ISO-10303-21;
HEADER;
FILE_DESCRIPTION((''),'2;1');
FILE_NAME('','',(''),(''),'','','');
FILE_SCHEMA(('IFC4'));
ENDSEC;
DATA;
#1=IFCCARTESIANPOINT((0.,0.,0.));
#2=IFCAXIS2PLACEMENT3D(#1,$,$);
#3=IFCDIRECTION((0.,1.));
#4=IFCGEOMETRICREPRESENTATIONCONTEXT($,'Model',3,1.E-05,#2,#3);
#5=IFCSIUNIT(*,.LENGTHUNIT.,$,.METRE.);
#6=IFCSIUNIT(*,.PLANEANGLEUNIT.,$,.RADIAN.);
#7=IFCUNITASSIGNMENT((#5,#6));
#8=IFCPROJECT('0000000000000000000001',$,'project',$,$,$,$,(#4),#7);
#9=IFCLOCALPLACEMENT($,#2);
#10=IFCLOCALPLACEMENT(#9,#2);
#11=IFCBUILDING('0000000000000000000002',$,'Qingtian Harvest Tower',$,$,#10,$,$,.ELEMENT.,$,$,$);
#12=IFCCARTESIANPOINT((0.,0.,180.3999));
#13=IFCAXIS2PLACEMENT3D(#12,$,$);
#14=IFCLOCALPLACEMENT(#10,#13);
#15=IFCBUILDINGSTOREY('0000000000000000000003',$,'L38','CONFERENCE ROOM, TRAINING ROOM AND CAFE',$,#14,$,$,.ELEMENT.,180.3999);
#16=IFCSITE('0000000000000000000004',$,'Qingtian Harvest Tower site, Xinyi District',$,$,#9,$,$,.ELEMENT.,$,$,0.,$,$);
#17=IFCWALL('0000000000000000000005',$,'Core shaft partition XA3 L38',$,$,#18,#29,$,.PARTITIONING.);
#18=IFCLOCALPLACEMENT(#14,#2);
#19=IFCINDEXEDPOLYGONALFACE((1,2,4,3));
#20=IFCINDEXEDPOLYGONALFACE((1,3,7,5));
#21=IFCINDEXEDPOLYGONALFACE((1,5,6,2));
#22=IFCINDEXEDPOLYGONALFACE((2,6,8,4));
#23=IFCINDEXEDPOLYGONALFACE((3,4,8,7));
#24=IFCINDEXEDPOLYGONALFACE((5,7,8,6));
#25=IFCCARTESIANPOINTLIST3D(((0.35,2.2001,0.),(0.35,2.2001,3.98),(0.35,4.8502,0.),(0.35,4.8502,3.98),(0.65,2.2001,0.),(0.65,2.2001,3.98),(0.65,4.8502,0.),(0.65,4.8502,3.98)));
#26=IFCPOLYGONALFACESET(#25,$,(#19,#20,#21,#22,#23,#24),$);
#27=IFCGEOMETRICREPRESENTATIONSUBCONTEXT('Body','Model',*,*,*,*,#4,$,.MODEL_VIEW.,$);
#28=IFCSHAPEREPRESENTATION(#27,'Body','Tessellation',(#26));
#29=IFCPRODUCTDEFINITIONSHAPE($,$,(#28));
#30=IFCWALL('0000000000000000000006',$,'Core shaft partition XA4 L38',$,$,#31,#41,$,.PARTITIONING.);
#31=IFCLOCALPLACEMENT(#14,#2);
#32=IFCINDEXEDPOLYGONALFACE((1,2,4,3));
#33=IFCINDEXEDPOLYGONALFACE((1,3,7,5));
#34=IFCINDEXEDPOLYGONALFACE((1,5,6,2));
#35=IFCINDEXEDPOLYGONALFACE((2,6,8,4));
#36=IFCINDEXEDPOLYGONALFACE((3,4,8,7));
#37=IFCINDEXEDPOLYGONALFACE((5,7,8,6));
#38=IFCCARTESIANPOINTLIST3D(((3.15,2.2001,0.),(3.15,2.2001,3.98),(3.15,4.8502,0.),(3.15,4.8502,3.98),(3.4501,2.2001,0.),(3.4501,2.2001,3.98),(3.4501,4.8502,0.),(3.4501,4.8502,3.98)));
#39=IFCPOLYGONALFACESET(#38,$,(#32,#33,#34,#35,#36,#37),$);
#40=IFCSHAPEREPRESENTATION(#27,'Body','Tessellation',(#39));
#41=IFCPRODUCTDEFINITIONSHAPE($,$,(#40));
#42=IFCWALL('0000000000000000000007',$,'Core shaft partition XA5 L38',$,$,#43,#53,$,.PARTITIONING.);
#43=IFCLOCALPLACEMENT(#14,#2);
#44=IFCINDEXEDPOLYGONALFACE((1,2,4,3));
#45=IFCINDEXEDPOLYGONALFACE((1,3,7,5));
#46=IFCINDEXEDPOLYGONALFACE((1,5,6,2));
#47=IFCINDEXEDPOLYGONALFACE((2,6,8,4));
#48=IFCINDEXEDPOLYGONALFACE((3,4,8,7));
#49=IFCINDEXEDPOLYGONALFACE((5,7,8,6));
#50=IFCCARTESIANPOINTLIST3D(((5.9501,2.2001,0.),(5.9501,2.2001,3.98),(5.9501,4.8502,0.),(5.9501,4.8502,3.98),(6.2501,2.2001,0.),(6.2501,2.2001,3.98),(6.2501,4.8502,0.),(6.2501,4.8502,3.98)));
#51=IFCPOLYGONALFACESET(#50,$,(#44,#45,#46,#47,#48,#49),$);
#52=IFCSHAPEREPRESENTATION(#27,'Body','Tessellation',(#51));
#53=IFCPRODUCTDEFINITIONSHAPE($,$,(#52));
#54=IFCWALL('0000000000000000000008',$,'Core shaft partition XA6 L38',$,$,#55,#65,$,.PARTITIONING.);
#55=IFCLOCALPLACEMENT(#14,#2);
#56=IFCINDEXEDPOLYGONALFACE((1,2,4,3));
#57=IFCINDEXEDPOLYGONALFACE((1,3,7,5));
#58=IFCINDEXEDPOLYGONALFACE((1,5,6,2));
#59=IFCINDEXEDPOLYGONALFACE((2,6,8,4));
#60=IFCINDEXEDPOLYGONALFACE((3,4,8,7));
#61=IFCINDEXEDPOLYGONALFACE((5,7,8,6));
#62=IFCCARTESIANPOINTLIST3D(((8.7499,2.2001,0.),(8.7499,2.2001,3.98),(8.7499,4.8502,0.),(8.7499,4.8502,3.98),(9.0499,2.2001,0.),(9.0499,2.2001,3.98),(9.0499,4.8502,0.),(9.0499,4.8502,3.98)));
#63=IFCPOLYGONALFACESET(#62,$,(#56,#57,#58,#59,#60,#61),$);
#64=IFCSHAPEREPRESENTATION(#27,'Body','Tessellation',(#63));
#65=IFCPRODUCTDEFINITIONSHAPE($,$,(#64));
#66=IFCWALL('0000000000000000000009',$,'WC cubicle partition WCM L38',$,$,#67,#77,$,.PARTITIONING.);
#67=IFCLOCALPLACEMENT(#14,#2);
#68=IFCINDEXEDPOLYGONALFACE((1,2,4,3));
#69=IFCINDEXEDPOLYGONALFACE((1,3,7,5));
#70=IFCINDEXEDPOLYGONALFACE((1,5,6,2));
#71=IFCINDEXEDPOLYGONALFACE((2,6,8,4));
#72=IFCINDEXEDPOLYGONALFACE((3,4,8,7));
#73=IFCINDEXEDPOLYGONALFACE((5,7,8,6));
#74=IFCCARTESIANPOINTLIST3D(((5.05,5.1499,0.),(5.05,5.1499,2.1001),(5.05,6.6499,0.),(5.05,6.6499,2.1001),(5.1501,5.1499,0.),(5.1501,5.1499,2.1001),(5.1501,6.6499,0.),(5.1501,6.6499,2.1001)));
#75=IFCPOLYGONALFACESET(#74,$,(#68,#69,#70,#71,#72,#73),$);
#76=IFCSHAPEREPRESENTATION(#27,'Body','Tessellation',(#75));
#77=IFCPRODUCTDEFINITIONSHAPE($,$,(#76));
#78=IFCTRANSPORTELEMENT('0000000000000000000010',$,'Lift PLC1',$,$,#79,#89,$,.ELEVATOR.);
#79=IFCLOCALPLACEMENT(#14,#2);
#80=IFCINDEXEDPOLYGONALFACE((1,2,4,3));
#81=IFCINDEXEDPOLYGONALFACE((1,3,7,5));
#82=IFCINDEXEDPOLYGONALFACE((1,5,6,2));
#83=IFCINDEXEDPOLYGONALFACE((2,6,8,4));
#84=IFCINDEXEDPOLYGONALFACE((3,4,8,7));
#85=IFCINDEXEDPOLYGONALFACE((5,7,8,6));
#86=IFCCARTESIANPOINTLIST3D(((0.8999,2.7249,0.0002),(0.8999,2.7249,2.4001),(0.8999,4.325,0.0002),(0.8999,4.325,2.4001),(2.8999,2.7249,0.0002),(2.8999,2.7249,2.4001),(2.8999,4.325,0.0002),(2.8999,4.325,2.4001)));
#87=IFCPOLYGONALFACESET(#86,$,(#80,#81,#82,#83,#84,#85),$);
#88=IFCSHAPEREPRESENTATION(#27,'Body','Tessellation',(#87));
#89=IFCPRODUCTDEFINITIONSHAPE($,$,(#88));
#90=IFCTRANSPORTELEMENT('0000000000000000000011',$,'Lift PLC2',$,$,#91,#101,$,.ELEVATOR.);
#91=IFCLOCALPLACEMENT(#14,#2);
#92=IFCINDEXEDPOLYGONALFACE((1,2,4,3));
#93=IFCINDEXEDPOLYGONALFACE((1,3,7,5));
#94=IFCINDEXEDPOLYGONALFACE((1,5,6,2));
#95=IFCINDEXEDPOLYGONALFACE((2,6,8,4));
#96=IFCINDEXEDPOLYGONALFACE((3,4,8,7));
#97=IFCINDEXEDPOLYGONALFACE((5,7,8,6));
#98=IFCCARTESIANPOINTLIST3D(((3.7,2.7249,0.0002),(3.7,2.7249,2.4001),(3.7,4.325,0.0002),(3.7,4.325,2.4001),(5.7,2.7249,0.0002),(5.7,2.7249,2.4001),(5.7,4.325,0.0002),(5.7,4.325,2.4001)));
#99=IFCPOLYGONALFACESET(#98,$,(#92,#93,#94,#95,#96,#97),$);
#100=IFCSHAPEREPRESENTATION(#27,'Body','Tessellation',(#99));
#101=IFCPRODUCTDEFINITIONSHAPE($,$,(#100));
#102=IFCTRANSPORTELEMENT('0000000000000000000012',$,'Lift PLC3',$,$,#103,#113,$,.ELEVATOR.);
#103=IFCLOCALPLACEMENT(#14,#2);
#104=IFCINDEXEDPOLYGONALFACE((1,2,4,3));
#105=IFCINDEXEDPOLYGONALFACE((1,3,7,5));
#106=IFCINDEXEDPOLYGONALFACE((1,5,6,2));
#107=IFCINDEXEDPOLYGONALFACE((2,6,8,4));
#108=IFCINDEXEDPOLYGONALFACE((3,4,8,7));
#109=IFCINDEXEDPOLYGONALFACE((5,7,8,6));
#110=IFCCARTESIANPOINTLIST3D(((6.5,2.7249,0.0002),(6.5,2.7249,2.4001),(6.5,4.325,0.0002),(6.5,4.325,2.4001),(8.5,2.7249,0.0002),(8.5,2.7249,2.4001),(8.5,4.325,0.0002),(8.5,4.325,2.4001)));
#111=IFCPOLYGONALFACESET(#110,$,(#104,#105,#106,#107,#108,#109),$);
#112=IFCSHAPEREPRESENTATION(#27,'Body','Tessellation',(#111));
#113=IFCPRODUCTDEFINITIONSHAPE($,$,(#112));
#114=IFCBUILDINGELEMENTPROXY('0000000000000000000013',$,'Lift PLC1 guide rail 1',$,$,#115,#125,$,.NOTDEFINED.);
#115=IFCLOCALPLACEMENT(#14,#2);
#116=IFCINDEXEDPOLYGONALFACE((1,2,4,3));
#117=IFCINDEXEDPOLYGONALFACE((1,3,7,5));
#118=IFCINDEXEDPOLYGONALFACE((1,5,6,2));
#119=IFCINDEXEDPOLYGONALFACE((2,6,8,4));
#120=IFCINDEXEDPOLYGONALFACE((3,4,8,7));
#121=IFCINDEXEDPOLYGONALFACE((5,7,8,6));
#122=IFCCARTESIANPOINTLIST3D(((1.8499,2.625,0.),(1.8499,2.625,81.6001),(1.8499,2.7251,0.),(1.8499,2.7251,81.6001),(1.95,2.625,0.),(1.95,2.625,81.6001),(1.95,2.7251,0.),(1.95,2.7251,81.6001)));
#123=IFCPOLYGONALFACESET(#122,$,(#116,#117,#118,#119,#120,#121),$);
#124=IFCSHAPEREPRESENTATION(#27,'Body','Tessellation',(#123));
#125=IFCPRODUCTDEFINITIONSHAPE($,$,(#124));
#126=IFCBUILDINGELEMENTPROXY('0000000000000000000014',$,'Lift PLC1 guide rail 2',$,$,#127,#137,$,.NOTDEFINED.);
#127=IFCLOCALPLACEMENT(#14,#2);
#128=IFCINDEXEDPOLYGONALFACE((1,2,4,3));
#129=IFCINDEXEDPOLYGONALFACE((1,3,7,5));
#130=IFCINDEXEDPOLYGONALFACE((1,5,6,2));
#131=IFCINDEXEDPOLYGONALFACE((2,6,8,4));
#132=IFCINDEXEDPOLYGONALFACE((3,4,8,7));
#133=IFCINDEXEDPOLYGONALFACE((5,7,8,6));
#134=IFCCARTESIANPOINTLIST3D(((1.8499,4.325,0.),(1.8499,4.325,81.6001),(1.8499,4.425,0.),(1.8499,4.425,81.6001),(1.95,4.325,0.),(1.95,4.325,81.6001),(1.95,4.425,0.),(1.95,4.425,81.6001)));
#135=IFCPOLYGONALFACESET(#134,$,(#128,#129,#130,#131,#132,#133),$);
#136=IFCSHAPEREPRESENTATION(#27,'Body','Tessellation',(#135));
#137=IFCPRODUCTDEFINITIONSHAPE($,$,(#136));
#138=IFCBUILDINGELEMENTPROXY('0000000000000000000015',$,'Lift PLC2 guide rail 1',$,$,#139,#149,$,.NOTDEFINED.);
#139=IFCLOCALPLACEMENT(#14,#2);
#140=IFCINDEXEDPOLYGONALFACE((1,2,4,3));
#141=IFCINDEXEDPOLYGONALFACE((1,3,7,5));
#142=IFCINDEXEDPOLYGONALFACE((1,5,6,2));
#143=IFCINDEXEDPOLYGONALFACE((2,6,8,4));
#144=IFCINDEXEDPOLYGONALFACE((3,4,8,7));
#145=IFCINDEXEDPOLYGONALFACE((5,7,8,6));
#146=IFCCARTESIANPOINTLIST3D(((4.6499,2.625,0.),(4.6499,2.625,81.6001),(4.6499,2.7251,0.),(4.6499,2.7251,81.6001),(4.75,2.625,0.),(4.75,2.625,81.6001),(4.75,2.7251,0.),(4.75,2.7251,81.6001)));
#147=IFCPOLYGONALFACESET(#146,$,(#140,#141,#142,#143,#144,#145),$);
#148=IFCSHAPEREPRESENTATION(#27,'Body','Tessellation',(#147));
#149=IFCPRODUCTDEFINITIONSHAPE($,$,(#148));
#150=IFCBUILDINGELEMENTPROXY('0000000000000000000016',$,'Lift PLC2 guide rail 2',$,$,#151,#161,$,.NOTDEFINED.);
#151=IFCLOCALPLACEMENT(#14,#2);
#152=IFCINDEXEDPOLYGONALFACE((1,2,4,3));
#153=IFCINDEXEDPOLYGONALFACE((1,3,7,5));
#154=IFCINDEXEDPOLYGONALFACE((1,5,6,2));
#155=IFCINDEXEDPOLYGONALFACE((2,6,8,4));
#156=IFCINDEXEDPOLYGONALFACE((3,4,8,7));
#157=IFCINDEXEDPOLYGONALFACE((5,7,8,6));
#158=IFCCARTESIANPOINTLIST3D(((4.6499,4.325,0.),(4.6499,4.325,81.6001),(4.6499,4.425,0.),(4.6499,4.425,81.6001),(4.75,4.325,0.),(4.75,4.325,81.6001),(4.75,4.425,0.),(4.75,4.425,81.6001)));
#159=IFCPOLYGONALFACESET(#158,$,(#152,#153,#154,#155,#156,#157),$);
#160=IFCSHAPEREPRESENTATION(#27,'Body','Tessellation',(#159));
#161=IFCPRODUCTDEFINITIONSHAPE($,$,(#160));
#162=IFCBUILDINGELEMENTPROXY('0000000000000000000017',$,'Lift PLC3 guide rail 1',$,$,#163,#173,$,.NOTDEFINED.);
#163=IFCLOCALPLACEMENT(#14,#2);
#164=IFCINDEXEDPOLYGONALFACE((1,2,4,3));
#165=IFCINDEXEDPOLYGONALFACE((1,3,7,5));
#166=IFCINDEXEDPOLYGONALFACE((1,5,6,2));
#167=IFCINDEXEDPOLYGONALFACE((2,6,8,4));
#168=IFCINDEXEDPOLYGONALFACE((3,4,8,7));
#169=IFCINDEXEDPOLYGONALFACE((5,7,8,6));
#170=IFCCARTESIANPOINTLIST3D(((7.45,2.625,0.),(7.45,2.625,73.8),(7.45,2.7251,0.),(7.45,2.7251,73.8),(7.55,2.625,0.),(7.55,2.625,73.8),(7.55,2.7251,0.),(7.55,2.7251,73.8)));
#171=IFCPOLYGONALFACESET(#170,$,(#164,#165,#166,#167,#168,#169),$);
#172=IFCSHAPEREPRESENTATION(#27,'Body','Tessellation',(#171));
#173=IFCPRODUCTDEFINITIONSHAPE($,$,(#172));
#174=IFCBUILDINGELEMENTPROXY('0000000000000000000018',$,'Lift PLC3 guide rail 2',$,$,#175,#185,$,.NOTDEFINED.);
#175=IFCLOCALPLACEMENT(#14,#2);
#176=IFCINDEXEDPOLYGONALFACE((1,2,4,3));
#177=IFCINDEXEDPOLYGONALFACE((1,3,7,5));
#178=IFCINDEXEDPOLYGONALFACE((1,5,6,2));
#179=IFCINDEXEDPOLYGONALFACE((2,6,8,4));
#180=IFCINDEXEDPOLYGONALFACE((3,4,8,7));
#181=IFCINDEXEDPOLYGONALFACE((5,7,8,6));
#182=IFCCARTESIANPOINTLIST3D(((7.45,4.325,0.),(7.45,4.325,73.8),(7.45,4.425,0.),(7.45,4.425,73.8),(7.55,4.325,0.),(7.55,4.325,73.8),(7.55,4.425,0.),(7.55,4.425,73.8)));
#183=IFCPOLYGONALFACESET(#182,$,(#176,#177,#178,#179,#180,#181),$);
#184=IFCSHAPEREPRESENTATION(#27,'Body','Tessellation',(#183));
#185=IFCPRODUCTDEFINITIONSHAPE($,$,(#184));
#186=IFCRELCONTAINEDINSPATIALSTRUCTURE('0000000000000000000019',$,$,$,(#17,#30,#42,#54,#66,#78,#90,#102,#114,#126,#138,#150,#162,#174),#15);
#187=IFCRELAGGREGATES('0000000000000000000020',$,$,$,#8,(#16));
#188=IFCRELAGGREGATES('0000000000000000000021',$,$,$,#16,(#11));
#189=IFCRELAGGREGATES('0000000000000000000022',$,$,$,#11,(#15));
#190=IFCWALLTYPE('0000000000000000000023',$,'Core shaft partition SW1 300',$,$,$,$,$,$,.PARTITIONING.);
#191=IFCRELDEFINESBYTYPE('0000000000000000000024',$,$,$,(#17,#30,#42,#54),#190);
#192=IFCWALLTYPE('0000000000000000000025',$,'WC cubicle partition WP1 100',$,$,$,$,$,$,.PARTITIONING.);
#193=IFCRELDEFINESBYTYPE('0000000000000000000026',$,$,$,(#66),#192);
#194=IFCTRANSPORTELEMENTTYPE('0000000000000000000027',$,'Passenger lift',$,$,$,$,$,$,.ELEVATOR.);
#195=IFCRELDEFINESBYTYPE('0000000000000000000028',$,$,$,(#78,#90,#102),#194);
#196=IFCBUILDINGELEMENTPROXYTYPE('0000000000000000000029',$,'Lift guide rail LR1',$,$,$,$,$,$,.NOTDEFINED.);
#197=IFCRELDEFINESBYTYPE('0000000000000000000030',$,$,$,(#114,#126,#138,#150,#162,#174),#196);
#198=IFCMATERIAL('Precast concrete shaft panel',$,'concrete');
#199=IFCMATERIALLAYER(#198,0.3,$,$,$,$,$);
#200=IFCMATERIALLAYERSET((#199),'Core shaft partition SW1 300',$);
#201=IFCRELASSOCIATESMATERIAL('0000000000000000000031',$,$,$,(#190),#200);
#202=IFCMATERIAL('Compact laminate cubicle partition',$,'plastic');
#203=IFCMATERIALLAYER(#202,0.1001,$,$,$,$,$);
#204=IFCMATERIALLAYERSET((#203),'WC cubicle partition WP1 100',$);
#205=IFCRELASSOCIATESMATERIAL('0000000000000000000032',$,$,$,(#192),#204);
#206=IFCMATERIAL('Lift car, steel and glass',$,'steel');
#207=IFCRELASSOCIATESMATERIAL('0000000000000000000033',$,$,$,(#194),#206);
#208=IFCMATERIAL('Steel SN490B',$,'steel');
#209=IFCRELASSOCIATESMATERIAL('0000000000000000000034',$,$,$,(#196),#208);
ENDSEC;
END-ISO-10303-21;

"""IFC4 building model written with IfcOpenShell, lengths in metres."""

from ifc_helpers import new_model, si_unit, direction, frame, frame_2d, origin, origin_2d, place, context, subcontext, project, spatial, rectangle, extrude, material, layer, layer_set, type_object, element, save


model = new_model("IFC4")

# Units and contexts
model_context = context("Model", 3, precision=1e-05, world=origin(), true_north=direction((0.0, 1.0)))
body_context = subcontext(model_context, "Body", "Model", "MODEL_VIEW")
ifc_project = project(units=[si_unit("LENGTHUNIT", "METRE"), si_unit("PLANEANGLEUNIT", "RADIAN")], contexts=[model_context])

# Site, building, storey
site_placement = place(None, origin())
site = spatial("IfcSite", under=ifc_project, at=site_placement, Name="Qingtian Harvest Tower site, Xinyi District", CompositionType="ELEMENT", RefElevation=0.0)
building_placement = place(site_placement, origin())
building = spatial("IfcBuilding", under=site, at=building_placement, Name="Qingtian Harvest Tower", CompositionType="ELEMENT")
storey_placement = place(building_placement, frame((0.0, 0.0, 180.3999)))
storey = spatial("IfcBuildingStorey", under=building, at=storey_placement, Name="L38", Description="CONFERENCE ROOM, TRAINING ROOM AND CAFE", CompositionType="ELEMENT", Elevation=180.3999)

# Shared definitions
ifc_material_1 = material(Name="Precast concrete shaft panel", Category="concrete")
ifc_layer_1 = layer(ifc_material_1, 0.3)
ifc_layer_set_1 = layer_set([ifc_layer_1], Name="Core shaft partition SW1 300")
wall_type_1 = type_object("IfcWallType", Name="Core shaft partition SW1 300", PredefinedType="PARTITIONING", material=ifc_layer_set_1)

# Walls
for number, where, z_axis, x_axis, name in (
    (1, (0.5, 2.2, 0.0), (0.0, 0.0, 1.0), (0.0, 1.0, 0.0), "Core shaft partition XA3 L38"),
    (2, (3.3, 2.2, 0.0), (0.0, 0.0, 1.0), (0.0, 1.0, 0.0), "Core shaft partition XA4 L38"),
    (3, (6.1001, 2.2, 0.0), (0.0, 0.0, 1.0), (0.0, 1.0, 0.0), "Core shaft partition XA5 L38"),
    (4, (8.8999, 2.2, 0.0), (0.0, 0.0, 1.0), (0.0, 1.0, 0.0), "Core shaft partition XA6 L38"),
):
    element("IfcWall", number, at=place(storey_placement, frame(where, z_axis=z_axis, x_axis=x_axis)), inside=storey, type_object=wall_type_1, Name=name, PredefinedType="PARTITIONING", context=body_context, shape_type="SweptSolid", body=[
        extrude(rectangle(XDim=2.6501, YDim=0.3, at=frame_2d((1.3252, 0.0))), origin(), (0.0, 0.0, 1.0), 3.98),
    ])
ifc_material_2 = material(Name="Compact laminate cubicle partition", Category="plastic")
ifc_layer_2 = layer(ifc_material_2, 0.1001)
ifc_layer_set_2 = layer_set([ifc_layer_2], Name="WC cubicle partition WP1 100")
wall_type_2 = type_object("IfcWallType", Name="WC cubicle partition WP1 100", PredefinedType="PARTITIONING", material=ifc_layer_set_2)
wall_1_placement = place(storey_placement, frame((5.1001, 5.1499, 0.0), z_axis=(0.0, 0.0, 1.0), x_axis=(0.0, 1.0, 0.0)))
element("IfcWall", 5, at=wall_1_placement, inside=storey, type_object=wall_type_2, Name="WC cubicle partition WCM L38", PredefinedType="PARTITIONING", context=body_context, shape_type="SweptSolid", body=[
    extrude(rectangle(XDim=1.5, YDim=0.1001, at=frame_2d((0.75, 0.0))), origin(), (0.0, 0.0, 1.0), 2.1001),
])

# Transport elements
ifc_material_3 = material(Name="Lift car, steel and glass", Category="steel")
transport_element_type = type_object("IfcTransportElementType", Name="Passenger lift", PredefinedType="ELEVATOR", material=ifc_material_3)
for number, where, z_axis, x_axis, name in (
    (6, (1.8999, 3.5249, 0.0002), (0.0, 0.0, 1.0), (1.0, 0.0, 0.0), "Lift PLC1"),
    (7, (4.7, 3.5249, 0.0002), (0.0, 0.0, 1.0), (1.0, 0.0, 0.0), "Lift PLC2"),
    (8, (7.5, 3.5249, 0.0002), (0.0, 0.0, 1.0), (1.0, 0.0, 0.0), "Lift PLC3"),
):
    element("IfcTransportElement", number, at=place(storey_placement, frame(where, z_axis=z_axis, x_axis=x_axis)), inside=storey, type_object=transport_element_type, Name=name, PredefinedType="ELEVATOR", context=body_context, shape_type="SweptSolid", body=[
        extrude(rectangle(XDim=2.0, YDim=1.6001, at=origin_2d()), origin(), (0.0, 0.0, 1.0), 2.3999),
    ])

# Building element proxies
ifc_material_4 = material(Name="Steel SN490B", Category="steel")
building_element_proxy_type = type_object("IfcBuildingElementProxyType", Name="Lift guide rail LR1", PredefinedType="NOTDEFINED", material=ifc_material_4)
for number, where, z_axis, x_axis, name in (
    (9, (1.8999, 2.675, 0.0), (0.0, 0.0, 1.0), (1.0, 0.0, 0.0), "Lift PLC1 guide rail 1"),
    (10, (1.8999, 4.375, 0.0), (0.0, 0.0, 1.0), (1.0, 0.0, 0.0), "Lift PLC1 guide rail 2"),
    (11, (4.7, 2.675, 0.0), (0.0, 0.0, 1.0), (1.0, 0.0, 0.0), "Lift PLC2 guide rail 1"),
    (12, (4.7, 4.375, 0.0), (0.0, 0.0, 1.0), (1.0, 0.0, 0.0), "Lift PLC2 guide rail 2"),
):
    element("IfcBuildingElementProxy", number, at=place(storey_placement, frame(where, z_axis=z_axis, x_axis=x_axis)), inside=storey, type_object=building_element_proxy_type, Name=name, PredefinedType="NOTDEFINED", context=body_context, shape_type="SweptSolid", body=[
        extrude(rectangle(XDim=0.1001, YDim=0.1001, at=origin_2d()), origin(), (0.0, 0.0, 1.0), 81.6001),
    ])
for number, where, z_axis, x_axis, name in (
    (13, (7.5, 2.675, 0.0), (0.0, 0.0, 1.0), (1.0, 0.0, 0.0), "Lift PLC3 guide rail 1"),
    (14, (7.5, 4.375, 0.0), (0.0, 0.0, 1.0), (1.0, 0.0, 0.0), "Lift PLC3 guide rail 2"),
):
    element("IfcBuildingElementProxy", number, at=place(storey_placement, frame(where, z_axis=z_axis, x_axis=x_axis)), inside=storey, type_object=building_element_proxy_type, Name=name, PredefinedType="NOTDEFINED", context=body_context, shape_type="SweptSolid", body=[
        extrude(rectangle(XDim=0.1001, YDim=0.1001, at=origin_2d()), origin(), (0.0, 0.0, 1.0), 73.8),
    ])

save(model, "model.ifc")
